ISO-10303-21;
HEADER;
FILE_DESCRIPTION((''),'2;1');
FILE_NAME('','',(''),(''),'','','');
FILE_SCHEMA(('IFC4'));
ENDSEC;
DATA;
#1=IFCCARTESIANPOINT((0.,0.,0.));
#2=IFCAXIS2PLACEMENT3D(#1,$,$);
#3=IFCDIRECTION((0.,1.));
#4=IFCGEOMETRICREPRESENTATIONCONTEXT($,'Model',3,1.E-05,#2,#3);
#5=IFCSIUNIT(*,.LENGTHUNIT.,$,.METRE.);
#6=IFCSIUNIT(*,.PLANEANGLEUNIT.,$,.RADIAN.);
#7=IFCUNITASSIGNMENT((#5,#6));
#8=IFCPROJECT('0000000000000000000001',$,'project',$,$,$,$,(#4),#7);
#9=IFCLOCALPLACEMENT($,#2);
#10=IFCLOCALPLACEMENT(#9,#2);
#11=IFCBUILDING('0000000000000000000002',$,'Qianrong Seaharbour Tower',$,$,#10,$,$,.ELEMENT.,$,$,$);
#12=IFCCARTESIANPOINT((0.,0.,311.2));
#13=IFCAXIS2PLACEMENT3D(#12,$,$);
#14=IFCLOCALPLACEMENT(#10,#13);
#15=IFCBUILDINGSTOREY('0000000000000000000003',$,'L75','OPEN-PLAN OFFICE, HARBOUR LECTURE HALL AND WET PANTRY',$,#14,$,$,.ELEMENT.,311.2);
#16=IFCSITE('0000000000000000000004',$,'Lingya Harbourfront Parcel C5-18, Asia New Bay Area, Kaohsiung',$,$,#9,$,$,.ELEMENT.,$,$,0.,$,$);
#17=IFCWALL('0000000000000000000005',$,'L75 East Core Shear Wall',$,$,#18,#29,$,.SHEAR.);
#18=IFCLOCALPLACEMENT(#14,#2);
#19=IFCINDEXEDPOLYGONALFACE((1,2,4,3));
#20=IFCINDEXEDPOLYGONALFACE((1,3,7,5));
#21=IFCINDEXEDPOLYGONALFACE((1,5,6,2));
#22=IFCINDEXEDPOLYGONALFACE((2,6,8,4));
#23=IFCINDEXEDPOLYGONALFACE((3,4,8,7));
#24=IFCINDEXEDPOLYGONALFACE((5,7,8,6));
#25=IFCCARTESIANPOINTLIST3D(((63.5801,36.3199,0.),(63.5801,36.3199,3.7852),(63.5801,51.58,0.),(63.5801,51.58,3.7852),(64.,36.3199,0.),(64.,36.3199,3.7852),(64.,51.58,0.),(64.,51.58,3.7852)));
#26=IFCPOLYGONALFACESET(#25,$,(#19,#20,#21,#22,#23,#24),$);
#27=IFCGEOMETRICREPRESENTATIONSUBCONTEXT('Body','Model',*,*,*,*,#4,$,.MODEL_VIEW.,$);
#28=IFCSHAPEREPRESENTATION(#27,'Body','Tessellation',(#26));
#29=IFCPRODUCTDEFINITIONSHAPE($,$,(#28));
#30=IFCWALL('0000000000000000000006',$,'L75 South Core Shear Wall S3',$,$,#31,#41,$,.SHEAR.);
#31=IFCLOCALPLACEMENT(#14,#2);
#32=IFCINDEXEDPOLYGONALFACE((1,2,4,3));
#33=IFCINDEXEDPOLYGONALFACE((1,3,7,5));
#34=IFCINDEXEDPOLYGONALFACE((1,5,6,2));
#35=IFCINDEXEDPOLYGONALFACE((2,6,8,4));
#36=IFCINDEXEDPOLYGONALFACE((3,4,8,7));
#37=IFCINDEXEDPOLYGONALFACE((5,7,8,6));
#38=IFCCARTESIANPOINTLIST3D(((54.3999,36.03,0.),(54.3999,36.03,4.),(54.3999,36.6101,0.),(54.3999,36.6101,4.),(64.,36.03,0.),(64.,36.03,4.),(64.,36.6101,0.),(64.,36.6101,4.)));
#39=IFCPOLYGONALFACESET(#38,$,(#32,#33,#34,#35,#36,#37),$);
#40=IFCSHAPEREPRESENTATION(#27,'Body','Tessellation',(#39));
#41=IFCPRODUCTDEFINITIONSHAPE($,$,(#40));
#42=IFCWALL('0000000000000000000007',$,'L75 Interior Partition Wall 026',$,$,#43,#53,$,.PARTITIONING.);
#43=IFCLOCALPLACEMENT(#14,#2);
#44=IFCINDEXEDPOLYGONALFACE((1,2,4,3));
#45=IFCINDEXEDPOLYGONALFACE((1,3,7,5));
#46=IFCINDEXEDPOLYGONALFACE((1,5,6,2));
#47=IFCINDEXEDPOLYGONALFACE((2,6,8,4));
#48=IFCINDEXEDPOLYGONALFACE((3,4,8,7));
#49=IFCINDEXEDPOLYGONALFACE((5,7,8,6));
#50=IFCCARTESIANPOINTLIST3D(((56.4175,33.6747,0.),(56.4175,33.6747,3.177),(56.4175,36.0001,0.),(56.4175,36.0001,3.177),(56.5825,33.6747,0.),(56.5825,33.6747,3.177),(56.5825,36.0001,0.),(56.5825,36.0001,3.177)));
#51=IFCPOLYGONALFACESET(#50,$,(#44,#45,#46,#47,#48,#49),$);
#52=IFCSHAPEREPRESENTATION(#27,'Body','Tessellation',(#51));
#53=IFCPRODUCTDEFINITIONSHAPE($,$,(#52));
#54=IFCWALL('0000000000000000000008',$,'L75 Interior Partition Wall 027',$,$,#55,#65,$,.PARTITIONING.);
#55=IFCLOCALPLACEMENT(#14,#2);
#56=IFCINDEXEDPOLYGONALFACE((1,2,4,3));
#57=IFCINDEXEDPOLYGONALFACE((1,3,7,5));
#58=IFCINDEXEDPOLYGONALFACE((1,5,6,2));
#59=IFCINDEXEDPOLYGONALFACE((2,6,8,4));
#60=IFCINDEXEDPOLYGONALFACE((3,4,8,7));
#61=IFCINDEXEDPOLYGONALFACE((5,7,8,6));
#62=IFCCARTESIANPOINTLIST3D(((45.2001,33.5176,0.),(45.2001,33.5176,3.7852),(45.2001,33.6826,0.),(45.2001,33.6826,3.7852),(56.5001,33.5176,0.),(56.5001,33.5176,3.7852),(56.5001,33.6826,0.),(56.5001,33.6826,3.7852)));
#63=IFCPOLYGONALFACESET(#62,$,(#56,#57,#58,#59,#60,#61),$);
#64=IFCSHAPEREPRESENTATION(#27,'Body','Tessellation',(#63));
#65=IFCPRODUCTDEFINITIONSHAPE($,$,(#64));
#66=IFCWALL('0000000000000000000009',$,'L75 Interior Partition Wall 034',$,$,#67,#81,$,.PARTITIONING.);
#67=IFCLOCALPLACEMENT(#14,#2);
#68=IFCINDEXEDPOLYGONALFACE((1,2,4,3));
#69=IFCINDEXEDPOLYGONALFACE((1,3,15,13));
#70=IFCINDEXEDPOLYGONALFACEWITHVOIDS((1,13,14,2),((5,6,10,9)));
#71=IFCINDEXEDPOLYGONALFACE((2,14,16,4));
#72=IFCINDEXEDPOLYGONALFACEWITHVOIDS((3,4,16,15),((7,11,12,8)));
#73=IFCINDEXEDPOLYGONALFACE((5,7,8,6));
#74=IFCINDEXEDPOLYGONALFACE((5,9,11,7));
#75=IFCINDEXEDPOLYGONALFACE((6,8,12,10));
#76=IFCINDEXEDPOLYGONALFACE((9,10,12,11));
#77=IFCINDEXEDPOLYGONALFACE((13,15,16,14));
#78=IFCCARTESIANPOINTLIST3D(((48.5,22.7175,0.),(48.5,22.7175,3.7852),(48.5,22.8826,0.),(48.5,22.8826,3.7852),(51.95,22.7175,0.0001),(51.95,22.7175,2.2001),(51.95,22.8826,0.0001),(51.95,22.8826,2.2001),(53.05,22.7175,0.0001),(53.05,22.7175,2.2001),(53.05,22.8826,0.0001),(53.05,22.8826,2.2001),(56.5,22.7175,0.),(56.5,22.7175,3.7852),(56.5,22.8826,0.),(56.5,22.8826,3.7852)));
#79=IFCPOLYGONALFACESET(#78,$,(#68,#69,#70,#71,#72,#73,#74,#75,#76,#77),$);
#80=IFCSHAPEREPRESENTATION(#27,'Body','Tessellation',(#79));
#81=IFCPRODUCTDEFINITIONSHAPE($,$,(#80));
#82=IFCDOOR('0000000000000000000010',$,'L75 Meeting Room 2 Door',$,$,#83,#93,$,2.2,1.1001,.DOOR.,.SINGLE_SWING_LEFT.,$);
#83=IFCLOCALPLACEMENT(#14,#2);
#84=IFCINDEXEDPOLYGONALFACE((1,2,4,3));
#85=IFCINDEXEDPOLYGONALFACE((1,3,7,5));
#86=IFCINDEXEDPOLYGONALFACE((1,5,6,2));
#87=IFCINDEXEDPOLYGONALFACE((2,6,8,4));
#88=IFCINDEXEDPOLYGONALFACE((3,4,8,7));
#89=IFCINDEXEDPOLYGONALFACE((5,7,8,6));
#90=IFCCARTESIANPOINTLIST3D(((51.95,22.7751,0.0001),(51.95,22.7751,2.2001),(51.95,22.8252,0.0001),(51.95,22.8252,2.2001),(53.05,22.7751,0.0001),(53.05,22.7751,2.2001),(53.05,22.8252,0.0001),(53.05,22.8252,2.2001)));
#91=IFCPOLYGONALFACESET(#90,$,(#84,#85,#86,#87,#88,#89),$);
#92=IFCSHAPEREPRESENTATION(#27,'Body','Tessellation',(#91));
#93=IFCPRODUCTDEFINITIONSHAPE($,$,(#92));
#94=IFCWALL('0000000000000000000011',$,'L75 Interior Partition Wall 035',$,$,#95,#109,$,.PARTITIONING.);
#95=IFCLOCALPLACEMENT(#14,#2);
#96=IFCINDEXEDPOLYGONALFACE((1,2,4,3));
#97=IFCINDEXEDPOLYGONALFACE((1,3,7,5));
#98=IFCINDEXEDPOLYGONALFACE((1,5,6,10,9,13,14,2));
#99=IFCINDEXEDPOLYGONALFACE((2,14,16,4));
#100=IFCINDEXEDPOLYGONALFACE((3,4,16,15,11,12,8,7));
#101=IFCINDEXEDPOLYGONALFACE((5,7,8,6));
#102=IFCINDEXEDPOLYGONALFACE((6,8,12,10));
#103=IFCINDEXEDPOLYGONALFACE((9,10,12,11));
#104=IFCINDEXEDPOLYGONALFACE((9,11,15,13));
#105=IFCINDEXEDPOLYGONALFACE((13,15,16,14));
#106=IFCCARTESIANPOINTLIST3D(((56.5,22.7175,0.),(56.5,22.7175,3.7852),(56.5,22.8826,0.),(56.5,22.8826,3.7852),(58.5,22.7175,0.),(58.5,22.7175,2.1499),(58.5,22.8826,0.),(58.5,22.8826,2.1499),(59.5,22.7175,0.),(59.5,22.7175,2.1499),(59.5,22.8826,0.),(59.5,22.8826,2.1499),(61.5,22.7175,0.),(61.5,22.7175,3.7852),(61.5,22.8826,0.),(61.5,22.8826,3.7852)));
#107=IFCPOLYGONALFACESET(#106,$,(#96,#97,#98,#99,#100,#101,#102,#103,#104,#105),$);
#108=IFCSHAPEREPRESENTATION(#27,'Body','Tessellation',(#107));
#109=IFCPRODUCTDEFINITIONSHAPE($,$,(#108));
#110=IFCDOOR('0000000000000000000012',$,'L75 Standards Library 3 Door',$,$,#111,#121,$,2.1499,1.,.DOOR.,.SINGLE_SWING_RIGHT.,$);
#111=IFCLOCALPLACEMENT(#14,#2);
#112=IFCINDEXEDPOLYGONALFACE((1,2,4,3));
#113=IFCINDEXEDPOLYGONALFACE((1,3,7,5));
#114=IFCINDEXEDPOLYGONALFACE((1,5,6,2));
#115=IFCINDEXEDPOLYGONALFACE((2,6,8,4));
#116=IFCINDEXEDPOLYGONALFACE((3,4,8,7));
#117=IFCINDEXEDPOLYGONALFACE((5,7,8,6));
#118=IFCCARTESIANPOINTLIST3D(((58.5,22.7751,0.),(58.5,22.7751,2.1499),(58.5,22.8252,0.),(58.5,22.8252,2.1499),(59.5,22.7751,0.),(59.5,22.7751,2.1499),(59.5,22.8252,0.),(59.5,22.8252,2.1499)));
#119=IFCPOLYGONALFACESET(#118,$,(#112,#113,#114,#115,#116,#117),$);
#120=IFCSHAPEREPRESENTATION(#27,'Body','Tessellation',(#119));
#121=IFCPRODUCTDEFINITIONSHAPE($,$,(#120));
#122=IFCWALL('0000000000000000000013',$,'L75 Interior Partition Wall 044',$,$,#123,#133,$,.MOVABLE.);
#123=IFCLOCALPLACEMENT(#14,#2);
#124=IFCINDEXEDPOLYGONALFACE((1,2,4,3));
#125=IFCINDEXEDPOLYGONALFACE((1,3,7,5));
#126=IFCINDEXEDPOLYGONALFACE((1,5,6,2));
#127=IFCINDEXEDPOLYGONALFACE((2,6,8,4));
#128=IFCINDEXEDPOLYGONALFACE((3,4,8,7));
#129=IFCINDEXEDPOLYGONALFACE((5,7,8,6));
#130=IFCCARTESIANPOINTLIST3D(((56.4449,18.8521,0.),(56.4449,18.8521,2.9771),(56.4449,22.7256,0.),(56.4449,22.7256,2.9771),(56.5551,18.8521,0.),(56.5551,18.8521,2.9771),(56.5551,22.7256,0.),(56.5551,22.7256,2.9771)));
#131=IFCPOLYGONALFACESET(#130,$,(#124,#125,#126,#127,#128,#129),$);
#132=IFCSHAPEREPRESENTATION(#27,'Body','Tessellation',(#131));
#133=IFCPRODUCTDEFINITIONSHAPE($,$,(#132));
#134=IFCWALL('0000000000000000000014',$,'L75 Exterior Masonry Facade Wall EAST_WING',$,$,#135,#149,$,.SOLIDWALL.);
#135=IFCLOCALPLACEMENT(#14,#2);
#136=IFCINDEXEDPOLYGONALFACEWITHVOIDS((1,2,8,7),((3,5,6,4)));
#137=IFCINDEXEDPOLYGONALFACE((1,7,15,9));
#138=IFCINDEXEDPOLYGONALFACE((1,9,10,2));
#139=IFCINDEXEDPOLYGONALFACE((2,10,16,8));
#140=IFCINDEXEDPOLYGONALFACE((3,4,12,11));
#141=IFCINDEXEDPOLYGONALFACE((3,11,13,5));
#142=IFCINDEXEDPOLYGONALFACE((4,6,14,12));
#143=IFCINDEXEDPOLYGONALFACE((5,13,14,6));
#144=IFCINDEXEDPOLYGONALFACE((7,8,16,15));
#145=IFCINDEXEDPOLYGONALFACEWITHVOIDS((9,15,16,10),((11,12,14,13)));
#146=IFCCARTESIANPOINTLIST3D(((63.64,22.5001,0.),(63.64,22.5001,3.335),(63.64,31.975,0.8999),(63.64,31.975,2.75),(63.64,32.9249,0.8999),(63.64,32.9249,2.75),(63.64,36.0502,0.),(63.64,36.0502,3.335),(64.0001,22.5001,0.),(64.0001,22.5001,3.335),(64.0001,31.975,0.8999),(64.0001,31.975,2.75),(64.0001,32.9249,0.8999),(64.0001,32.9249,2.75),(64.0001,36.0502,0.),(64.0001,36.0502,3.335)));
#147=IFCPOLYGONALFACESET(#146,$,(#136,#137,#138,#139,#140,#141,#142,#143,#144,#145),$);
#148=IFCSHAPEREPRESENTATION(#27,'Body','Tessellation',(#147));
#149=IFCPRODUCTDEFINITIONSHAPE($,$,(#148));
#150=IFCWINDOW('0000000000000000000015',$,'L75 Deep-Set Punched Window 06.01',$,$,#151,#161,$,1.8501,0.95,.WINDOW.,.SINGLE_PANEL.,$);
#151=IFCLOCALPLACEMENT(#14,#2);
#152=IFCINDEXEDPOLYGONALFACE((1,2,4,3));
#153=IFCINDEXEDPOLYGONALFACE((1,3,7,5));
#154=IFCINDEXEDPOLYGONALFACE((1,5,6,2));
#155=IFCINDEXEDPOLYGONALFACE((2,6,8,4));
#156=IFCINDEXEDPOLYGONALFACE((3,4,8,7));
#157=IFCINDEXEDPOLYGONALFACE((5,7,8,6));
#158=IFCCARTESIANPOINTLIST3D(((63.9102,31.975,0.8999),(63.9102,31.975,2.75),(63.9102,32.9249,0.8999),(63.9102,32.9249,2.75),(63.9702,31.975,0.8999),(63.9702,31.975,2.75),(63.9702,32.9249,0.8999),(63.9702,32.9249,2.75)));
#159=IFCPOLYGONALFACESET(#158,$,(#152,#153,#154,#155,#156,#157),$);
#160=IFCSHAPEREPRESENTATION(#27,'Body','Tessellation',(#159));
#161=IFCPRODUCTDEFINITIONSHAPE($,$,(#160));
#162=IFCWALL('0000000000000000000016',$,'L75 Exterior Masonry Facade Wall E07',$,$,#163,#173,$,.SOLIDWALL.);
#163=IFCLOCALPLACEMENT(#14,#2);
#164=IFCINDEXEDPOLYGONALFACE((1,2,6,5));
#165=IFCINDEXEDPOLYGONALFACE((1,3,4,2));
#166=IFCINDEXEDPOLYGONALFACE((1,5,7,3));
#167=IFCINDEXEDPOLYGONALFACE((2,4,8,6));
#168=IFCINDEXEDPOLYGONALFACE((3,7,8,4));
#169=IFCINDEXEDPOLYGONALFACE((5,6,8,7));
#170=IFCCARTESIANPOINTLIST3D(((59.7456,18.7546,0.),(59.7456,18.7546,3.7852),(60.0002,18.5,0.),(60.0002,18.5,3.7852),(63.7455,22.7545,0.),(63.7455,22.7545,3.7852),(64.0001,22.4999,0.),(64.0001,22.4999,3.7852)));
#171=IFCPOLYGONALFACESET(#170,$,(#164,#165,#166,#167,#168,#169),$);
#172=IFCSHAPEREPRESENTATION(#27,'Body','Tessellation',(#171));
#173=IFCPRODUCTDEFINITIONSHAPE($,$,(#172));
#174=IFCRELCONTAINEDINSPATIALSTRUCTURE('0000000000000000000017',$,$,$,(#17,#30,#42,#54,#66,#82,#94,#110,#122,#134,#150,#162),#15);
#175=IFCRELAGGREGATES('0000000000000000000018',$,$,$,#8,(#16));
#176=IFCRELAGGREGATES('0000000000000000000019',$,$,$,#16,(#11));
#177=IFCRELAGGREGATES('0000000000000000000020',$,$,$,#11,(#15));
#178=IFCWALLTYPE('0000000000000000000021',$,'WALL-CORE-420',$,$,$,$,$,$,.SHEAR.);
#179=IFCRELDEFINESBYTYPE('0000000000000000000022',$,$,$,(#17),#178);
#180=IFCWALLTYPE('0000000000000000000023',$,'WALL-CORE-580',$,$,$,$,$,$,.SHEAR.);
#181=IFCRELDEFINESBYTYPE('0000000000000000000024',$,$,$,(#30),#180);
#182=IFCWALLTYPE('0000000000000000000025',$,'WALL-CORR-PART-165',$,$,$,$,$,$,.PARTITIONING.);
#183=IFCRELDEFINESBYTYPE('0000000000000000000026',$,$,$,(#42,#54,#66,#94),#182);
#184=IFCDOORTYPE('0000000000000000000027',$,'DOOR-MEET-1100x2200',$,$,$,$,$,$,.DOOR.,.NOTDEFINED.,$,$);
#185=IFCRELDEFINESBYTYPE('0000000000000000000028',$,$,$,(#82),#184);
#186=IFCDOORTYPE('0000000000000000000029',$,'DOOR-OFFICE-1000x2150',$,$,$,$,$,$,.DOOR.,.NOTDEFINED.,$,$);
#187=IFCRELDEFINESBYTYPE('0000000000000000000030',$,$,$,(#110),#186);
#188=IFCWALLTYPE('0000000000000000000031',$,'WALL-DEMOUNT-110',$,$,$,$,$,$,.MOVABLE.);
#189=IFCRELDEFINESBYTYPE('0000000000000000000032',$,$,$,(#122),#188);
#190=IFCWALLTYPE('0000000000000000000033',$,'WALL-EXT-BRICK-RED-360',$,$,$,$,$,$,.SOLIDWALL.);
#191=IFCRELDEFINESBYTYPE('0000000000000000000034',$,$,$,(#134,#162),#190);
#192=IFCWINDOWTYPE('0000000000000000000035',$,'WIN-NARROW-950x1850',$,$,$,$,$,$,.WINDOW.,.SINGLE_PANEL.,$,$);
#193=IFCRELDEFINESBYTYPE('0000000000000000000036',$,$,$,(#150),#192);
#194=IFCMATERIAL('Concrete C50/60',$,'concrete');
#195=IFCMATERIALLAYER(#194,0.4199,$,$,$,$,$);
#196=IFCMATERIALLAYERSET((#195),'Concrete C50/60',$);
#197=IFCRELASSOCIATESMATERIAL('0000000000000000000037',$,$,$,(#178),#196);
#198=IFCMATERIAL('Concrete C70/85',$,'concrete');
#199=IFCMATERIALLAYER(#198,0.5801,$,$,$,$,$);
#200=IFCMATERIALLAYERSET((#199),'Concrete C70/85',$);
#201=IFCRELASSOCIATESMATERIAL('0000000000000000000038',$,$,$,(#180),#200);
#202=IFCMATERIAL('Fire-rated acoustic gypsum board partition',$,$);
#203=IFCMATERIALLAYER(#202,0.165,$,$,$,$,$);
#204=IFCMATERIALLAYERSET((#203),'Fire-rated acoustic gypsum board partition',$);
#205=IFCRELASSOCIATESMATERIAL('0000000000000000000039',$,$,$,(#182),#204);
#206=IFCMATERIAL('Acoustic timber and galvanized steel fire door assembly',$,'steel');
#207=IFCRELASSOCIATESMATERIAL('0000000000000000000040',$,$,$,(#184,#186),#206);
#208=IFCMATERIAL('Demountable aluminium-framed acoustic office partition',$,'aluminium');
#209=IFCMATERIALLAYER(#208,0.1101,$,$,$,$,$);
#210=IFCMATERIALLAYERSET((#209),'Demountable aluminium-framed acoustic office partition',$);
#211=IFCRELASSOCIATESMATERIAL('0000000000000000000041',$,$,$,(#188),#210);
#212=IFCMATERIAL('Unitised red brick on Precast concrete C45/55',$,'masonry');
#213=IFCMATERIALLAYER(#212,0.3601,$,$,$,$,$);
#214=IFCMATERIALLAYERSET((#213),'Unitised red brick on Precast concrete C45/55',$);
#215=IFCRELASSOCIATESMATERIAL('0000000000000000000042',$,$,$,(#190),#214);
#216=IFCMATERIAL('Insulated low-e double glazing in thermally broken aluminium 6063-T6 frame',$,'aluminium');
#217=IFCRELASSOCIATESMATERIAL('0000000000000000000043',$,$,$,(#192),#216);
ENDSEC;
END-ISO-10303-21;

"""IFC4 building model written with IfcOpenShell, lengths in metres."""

from ifc_helpers import new_model, si_unit, direction, frame, frame_2d, origin, place, context, subcontext, project, spatial, rectangle, extrude, material, layer, layer_set, type_object, element, fill, save


model = new_model("IFC4")

# Units and contexts
model_context = context("Model", 3, precision=1e-05, world=origin(), true_north=direction((0.0, 1.0)))
body_context = subcontext(model_context, "Body", "Model", "MODEL_VIEW")
ifc_project = project(units=[si_unit("LENGTHUNIT", "METRE"), si_unit("PLANEANGLEUNIT", "RADIAN")], contexts=[model_context])

# Site, building, storey
site_placement = place(None, origin())
site = spatial("IfcSite", under=ifc_project, at=site_placement, Name="Lingya Harbourfront Parcel C5-18, Asia New Bay Area, Kaohsiung", CompositionType="ELEMENT", RefElevation=0.0)
building_placement = place(site_placement, origin())
building = spatial("IfcBuilding", under=site, at=building_placement, Name="Qianrong Seaharbour Tower", CompositionType="ELEMENT")
storey_placement = place(building_placement, frame((0.0, 0.0, 311.2)))
storey = spatial("IfcBuildingStorey", under=building, at=storey_placement, Name="L75", Description="OPEN-PLAN OFFICE, HARBOUR LECTURE HALL AND WET PANTRY", CompositionType="ELEMENT", Elevation=311.2)

# Shared definitions
ifc_material_1 = material(Name="Concrete C50/60", Category="concrete")

# Walls
ifc_layer_1 = layer(ifc_material_1, 0.4199)
ifc_layer_set_1 = layer_set([ifc_layer_1], Name="Concrete C50/60")
wall_type_1 = type_object("IfcWallType", Name="WALL-CORE-420", PredefinedType="SHEAR", material=ifc_layer_set_1)
wall_1_placement = place(storey_placement, frame((63.79, 36.3201, 0.0), z_axis=(0.0, 0.0, 1.0), x_axis=(0.0, 1.0, 0.0)))
element("IfcWall", 1, at=wall_1_placement, inside=storey, type_object=wall_type_1, Name="L75 East Core Shear Wall", PredefinedType="SHEAR", context=body_context, shape_type="SweptSolid", body=[
    extrude(rectangle(XDim=15.26, YDim=0.4199, at=frame_2d((7.6299, 0.0))), origin(), (0.0, 0.0, 1.0), 3.7852),
])
ifc_material_2 = material(Name="Concrete C70/85", Category="concrete")
ifc_layer_2 = layer(ifc_material_2, 0.5801)
ifc_layer_set_2 = layer_set([ifc_layer_2], Name="Concrete C70/85")
wall_type_2 = type_object("IfcWallType", Name="WALL-CORE-580", PredefinedType="SHEAR", material=ifc_layer_set_2)
wall_2_placement = place(storey_placement, frame((54.3999, 36.3201, 0.0), z_axis=(0.0, 0.0, 1.0), x_axis=(1.0, 0.0, 0.0)))
element("IfcWall", 2, at=wall_2_placement, inside=storey, type_object=wall_type_2, Name="L75 South Core Shear Wall S3", PredefinedType="SHEAR", context=body_context, shape_type="SweptSolid", body=[
    extrude(rectangle(XDim=9.6001, YDim=0.5801, at=frame_2d((4.8, 0.0))), origin(), (0.0, 0.0, 1.0), 4.0),
])
ifc_material_3 = material(Name="Fire-rated acoustic gypsum board partition")
ifc_layer_3 = layer(ifc_material_3, 0.165)
ifc_layer_set_3 = layer_set([ifc_layer_3], Name="Fire-rated acoustic gypsum board partition")
wall_type_3 = type_object("IfcWallType", Name="WALL-CORR-PART-165", PredefinedType="PARTITIONING", material=ifc_layer_set_3)
wall_3_placement = place(storey_placement, frame((56.5, 36.0, 0.0), z_axis=(0.0, 0.0, 1.0), x_axis=(0.0, -1.0, 0.0)))
element("IfcWall", 3, at=wall_3_placement, inside=storey, type_object=wall_type_3, Name="L75 Interior Partition Wall 026", PredefinedType="PARTITIONING", context=body_context, shape_type="SweptSolid", body=[
    extrude(rectangle(XDim=2.3254, YDim=0.165, at=frame_2d((1.1626, 0.0))), origin(), (0.0, 0.0, 1.0), 3.177),
])
wall_4_placement = place(storey_placement, frame((56.5, 33.6001, 0.0), z_axis=(0.0, 0.0, 1.0), x_axis=(-1.0, 0.0, 0.0)))
element("IfcWall", 4, at=wall_4_placement, inside=storey, type_object=wall_type_3, Name="L75 Interior Partition Wall 027", PredefinedType="PARTITIONING", context=body_context, shape_type="SweptSolid", body=[
    extrude(rectangle(XDim=11.3, YDim=0.165, at=frame_2d((5.6499, 0.0))), origin(), (0.0, 0.0, 1.0), 3.7852),
])

# Walls, openings, doors
wall_5_placement = place(storey_placement, frame((56.5, 22.8, 0.0), z_axis=(0.0, 0.0, 1.0), x_axis=(-1.0, 0.0, 0.0)))
wall_5 = element("IfcWall", 5, at=wall_5_placement, inside=storey, type_object=wall_type_3, Name="L75 Interior Partition Wall 034", PredefinedType="PARTITIONING", context=body_context, shape_type="SweptSolid", body=[
    extrude(rectangle(XDim=8.0, YDim=0.165, at=frame_2d((4.0, 0.0))), origin(), (0.0, 0.0, 1.0), 3.7852),
])
opening_1_placement = place(wall_5_placement, frame((3.45, 0.0, 0.0)))
opening_1 = element("IfcOpeningElement", 6, at=opening_1_placement, cuts=wall_5, PredefinedType="OPENING", context=body_context, shape_type="SweptSolid", body=[
    extrude(rectangle(XDim=1.1001, YDim=2.2, at=frame_2d((0.55, 1.1001))), frame((0.0, 0.0925, 0.0), z_axis=(0.0, -1.0, 0.0), x_axis=(1.0, 0.0, 0.0)), (0.0, 0.0, 1.0), 0.1851),
])
ifc_material_4 = material(Name="Acoustic timber and galvanized steel fire door assembly", Category="steel")
door_type_1 = type_object("IfcDoorType", Name="DOOR-MEET-1100x2200", OperationType="NOTDEFINED", PredefinedType="DOOR", material=ifc_material_4)
door_1_placement = place(opening_1_placement, origin())
door_1 = element("IfcDoor", 7, at=door_1_placement, inside=storey, type_object=door_type_1, Name="L75 Meeting Room 2 Door", OperationType="SINGLE_SWING_LEFT", OverallHeight=2.2, OverallWidth=1.1001, PredefinedType="DOOR", context=body_context, shape_type="SweptSolid", body=[
    extrude(rectangle(XDim=1.1001, YDim=2.2, at=frame_2d((0.55, 1.1001))), frame((0.0, 0.0249, 0.0), z_axis=(0.0, -1.0, 0.0), x_axis=(1.0, 0.0, 0.0)), (0.0, 0.0, 1.0), 0.05),
])
fill(opening_1, door_1)
wall_6_placement = place(storey_placement, frame((61.5, 22.8, 0.0), z_axis=(0.0, 0.0, 1.0), x_axis=(-1.0, 0.0, 0.0)))
wall_6 = element("IfcWall", 8, at=wall_6_placement, inside=storey, type_object=wall_type_3, Name="L75 Interior Partition Wall 035", PredefinedType="PARTITIONING", context=body_context, shape_type="SweptSolid", body=[
    extrude(rectangle(XDim=5.0, YDim=0.165, at=frame_2d((2.5, 0.0))), origin(), (0.0, 0.0, 1.0), 3.7852),
])
opening_2_placement = place(wall_6_placement, frame((2.0, 0.0, 0.0)))
opening_2 = element("IfcOpeningElement", 9, at=opening_2_placement, cuts=wall_6, PredefinedType="OPENING", context=body_context, shape_type="SweptSolid", body=[
    extrude(rectangle(XDim=1.0, YDim=2.1499, at=frame_2d((0.5, 1.075))), frame((0.0, 0.0925, 0.0), z_axis=(0.0, -1.0, 0.0), x_axis=(1.0, 0.0, 0.0)), (0.0, 0.0, 1.0), 0.1851),
])
door_type_2 = type_object("IfcDoorType", Name="DOOR-OFFICE-1000x2150", OperationType="NOTDEFINED", PredefinedType="DOOR", material=ifc_material_4)
door_2_placement = place(opening_2_placement, origin())
door_2 = element("IfcDoor", 10, at=door_2_placement, inside=storey, type_object=door_type_2, Name="L75 Standards Library 3 Door", OperationType="SINGLE_SWING_RIGHT", OverallHeight=2.1499, OverallWidth=1.0, PredefinedType="DOOR", context=body_context, shape_type="SweptSolid", body=[
    extrude(rectangle(XDim=1.0, YDim=2.1499, at=frame_2d((0.5, 1.075))), frame((0.0, 0.0249, 0.0), z_axis=(0.0, -1.0, 0.0), x_axis=(1.0, 0.0, 0.0)), (0.0, 0.0, 1.0), 0.05),
])
fill(opening_2, door_2)

# Wall
ifc_material_5 = material(Name="Demountable aluminium-framed acoustic office partition", Category="aluminium")
ifc_layer_4 = layer(ifc_material_5, 0.1101)
ifc_layer_set_4 = layer_set([ifc_layer_4], Name="Demountable aluminium-framed acoustic office partition")
wall_type_4 = type_object("IfcWallType", Name="WALL-DEMOUNT-110", PredefinedType="MOVABLE", material=ifc_layer_set_4)
wall_7_placement = place(storey_placement, frame((56.5, 22.7256, 0.0), z_axis=(0.0, 0.0, 1.0), x_axis=(0.0, -1.0, 0.0)))
element("IfcWall", 11, at=wall_7_placement, inside=storey, type_object=wall_type_4, Name="L75 Interior Partition Wall 044", PredefinedType="MOVABLE", context=body_context, shape_type="SweptSolid", body=[
    extrude(rectangle(XDim=3.8735, YDim=0.1101, at=frame_2d((1.9368, 0.0))), origin(), (0.0, 0.0, 1.0), 2.9771),
])

# Wall, opening, window
ifc_material_6 = material(Name="Unitised red brick on Precast concrete C45/55", Category="masonry")
ifc_layer_5 = layer(ifc_material_6, 0.3601)
ifc_layer_set_5 = layer_set([ifc_layer_5], Name="Unitised red brick on Precast concrete C45/55")
wall_type_5 = type_object("IfcWallType", Name="WALL-EXT-BRICK-RED-360", PredefinedType="SOLIDWALL", material=ifc_layer_set_5)
wall_8_placement = place(storey_placement, frame((63.8201, 36.05, 0.0), z_axis=(0.0, 0.0, 1.0), x_axis=(0.0, -1.0, 0.0)))
wall_8 = element("IfcWall", 12, at=wall_8_placement, inside=storey, type_object=wall_type_5, Name="L75 Exterior Masonry Facade Wall EAST_WING", PredefinedType="SOLIDWALL", context=body_context, shape_type="SweptSolid", body=[
    extrude(rectangle(XDim=13.55, YDim=0.3601, at=frame_2d((6.7749, 0.0))), origin(), (0.0, 0.0, 1.0), 3.335),
])
opening_3_placement = place(wall_8_placement, frame((3.125, 0.0, 0.8999)))
opening_3 = element("IfcOpeningElement", 13, at=opening_3_placement, cuts=wall_8, PredefinedType="OPENING", context=body_context, shape_type="SweptSolid", body=[
    extrude(rectangle(XDim=0.95, YDim=1.8501, at=frame_2d((0.4751, 0.925))), frame((0.0, 0.1899, 0.0), z_axis=(0.0, -1.0, 0.0), x_axis=(1.0, 0.0, 0.0)), (0.0, 0.0, 1.0), 0.3801),
])
ifc_material_7 = material(Name="Insulated low-e double glazing in thermally broken aluminium 6063-T6 frame", Category="aluminium")
window_type = type_object("IfcWindowType", Name="WIN-NARROW-950x1850", PartitioningType="SINGLE_PANEL", PredefinedType="WINDOW", material=ifc_material_7)
window_1_placement = place(opening_3_placement, origin())
window_1 = element("IfcWindow", 14, at=window_1_placement, inside=storey, type_object=window_type, Name="L75 Deep-Set Punched Window 06.01", OverallHeight=1.8501, OverallWidth=0.95, PartitioningType="SINGLE_PANEL", PredefinedType="WINDOW", context=body_context, shape_type="SweptSolid", body=[
    extrude(rectangle(XDim=0.95, YDim=1.8501, at=frame_2d((0.4751, 0.925))), frame((0.0, 0.1501, 0.0), z_axis=(0.0, -1.0, 0.0), x_axis=(1.0, 0.0, 0.0)), (0.0, 0.0, 1.0), 0.0601),
])
fill(opening_3, window_1)

# Wall
wall_9_placement = place(storey_placement, frame((63.8728, 22.6272, 0.0), z_axis=(0.0, 0.0, 1.0), x_axis=(-0.707107, -0.707107, 0.0)))
element("IfcWall", 15, at=wall_9_placement, inside=storey, type_object=wall_type_5, Name="L75 Exterior Masonry Facade Wall E07", PredefinedType="SOLIDWALL", context=body_context, shape_type="SweptSolid", body=[
    extrude(rectangle(XDim=5.6567, YDim=0.3601, at=frame_2d((2.8284, 0.0))), origin(), (0.0, 0.0, 1.0), 3.7852),
])

save(model, "model.ifc")
